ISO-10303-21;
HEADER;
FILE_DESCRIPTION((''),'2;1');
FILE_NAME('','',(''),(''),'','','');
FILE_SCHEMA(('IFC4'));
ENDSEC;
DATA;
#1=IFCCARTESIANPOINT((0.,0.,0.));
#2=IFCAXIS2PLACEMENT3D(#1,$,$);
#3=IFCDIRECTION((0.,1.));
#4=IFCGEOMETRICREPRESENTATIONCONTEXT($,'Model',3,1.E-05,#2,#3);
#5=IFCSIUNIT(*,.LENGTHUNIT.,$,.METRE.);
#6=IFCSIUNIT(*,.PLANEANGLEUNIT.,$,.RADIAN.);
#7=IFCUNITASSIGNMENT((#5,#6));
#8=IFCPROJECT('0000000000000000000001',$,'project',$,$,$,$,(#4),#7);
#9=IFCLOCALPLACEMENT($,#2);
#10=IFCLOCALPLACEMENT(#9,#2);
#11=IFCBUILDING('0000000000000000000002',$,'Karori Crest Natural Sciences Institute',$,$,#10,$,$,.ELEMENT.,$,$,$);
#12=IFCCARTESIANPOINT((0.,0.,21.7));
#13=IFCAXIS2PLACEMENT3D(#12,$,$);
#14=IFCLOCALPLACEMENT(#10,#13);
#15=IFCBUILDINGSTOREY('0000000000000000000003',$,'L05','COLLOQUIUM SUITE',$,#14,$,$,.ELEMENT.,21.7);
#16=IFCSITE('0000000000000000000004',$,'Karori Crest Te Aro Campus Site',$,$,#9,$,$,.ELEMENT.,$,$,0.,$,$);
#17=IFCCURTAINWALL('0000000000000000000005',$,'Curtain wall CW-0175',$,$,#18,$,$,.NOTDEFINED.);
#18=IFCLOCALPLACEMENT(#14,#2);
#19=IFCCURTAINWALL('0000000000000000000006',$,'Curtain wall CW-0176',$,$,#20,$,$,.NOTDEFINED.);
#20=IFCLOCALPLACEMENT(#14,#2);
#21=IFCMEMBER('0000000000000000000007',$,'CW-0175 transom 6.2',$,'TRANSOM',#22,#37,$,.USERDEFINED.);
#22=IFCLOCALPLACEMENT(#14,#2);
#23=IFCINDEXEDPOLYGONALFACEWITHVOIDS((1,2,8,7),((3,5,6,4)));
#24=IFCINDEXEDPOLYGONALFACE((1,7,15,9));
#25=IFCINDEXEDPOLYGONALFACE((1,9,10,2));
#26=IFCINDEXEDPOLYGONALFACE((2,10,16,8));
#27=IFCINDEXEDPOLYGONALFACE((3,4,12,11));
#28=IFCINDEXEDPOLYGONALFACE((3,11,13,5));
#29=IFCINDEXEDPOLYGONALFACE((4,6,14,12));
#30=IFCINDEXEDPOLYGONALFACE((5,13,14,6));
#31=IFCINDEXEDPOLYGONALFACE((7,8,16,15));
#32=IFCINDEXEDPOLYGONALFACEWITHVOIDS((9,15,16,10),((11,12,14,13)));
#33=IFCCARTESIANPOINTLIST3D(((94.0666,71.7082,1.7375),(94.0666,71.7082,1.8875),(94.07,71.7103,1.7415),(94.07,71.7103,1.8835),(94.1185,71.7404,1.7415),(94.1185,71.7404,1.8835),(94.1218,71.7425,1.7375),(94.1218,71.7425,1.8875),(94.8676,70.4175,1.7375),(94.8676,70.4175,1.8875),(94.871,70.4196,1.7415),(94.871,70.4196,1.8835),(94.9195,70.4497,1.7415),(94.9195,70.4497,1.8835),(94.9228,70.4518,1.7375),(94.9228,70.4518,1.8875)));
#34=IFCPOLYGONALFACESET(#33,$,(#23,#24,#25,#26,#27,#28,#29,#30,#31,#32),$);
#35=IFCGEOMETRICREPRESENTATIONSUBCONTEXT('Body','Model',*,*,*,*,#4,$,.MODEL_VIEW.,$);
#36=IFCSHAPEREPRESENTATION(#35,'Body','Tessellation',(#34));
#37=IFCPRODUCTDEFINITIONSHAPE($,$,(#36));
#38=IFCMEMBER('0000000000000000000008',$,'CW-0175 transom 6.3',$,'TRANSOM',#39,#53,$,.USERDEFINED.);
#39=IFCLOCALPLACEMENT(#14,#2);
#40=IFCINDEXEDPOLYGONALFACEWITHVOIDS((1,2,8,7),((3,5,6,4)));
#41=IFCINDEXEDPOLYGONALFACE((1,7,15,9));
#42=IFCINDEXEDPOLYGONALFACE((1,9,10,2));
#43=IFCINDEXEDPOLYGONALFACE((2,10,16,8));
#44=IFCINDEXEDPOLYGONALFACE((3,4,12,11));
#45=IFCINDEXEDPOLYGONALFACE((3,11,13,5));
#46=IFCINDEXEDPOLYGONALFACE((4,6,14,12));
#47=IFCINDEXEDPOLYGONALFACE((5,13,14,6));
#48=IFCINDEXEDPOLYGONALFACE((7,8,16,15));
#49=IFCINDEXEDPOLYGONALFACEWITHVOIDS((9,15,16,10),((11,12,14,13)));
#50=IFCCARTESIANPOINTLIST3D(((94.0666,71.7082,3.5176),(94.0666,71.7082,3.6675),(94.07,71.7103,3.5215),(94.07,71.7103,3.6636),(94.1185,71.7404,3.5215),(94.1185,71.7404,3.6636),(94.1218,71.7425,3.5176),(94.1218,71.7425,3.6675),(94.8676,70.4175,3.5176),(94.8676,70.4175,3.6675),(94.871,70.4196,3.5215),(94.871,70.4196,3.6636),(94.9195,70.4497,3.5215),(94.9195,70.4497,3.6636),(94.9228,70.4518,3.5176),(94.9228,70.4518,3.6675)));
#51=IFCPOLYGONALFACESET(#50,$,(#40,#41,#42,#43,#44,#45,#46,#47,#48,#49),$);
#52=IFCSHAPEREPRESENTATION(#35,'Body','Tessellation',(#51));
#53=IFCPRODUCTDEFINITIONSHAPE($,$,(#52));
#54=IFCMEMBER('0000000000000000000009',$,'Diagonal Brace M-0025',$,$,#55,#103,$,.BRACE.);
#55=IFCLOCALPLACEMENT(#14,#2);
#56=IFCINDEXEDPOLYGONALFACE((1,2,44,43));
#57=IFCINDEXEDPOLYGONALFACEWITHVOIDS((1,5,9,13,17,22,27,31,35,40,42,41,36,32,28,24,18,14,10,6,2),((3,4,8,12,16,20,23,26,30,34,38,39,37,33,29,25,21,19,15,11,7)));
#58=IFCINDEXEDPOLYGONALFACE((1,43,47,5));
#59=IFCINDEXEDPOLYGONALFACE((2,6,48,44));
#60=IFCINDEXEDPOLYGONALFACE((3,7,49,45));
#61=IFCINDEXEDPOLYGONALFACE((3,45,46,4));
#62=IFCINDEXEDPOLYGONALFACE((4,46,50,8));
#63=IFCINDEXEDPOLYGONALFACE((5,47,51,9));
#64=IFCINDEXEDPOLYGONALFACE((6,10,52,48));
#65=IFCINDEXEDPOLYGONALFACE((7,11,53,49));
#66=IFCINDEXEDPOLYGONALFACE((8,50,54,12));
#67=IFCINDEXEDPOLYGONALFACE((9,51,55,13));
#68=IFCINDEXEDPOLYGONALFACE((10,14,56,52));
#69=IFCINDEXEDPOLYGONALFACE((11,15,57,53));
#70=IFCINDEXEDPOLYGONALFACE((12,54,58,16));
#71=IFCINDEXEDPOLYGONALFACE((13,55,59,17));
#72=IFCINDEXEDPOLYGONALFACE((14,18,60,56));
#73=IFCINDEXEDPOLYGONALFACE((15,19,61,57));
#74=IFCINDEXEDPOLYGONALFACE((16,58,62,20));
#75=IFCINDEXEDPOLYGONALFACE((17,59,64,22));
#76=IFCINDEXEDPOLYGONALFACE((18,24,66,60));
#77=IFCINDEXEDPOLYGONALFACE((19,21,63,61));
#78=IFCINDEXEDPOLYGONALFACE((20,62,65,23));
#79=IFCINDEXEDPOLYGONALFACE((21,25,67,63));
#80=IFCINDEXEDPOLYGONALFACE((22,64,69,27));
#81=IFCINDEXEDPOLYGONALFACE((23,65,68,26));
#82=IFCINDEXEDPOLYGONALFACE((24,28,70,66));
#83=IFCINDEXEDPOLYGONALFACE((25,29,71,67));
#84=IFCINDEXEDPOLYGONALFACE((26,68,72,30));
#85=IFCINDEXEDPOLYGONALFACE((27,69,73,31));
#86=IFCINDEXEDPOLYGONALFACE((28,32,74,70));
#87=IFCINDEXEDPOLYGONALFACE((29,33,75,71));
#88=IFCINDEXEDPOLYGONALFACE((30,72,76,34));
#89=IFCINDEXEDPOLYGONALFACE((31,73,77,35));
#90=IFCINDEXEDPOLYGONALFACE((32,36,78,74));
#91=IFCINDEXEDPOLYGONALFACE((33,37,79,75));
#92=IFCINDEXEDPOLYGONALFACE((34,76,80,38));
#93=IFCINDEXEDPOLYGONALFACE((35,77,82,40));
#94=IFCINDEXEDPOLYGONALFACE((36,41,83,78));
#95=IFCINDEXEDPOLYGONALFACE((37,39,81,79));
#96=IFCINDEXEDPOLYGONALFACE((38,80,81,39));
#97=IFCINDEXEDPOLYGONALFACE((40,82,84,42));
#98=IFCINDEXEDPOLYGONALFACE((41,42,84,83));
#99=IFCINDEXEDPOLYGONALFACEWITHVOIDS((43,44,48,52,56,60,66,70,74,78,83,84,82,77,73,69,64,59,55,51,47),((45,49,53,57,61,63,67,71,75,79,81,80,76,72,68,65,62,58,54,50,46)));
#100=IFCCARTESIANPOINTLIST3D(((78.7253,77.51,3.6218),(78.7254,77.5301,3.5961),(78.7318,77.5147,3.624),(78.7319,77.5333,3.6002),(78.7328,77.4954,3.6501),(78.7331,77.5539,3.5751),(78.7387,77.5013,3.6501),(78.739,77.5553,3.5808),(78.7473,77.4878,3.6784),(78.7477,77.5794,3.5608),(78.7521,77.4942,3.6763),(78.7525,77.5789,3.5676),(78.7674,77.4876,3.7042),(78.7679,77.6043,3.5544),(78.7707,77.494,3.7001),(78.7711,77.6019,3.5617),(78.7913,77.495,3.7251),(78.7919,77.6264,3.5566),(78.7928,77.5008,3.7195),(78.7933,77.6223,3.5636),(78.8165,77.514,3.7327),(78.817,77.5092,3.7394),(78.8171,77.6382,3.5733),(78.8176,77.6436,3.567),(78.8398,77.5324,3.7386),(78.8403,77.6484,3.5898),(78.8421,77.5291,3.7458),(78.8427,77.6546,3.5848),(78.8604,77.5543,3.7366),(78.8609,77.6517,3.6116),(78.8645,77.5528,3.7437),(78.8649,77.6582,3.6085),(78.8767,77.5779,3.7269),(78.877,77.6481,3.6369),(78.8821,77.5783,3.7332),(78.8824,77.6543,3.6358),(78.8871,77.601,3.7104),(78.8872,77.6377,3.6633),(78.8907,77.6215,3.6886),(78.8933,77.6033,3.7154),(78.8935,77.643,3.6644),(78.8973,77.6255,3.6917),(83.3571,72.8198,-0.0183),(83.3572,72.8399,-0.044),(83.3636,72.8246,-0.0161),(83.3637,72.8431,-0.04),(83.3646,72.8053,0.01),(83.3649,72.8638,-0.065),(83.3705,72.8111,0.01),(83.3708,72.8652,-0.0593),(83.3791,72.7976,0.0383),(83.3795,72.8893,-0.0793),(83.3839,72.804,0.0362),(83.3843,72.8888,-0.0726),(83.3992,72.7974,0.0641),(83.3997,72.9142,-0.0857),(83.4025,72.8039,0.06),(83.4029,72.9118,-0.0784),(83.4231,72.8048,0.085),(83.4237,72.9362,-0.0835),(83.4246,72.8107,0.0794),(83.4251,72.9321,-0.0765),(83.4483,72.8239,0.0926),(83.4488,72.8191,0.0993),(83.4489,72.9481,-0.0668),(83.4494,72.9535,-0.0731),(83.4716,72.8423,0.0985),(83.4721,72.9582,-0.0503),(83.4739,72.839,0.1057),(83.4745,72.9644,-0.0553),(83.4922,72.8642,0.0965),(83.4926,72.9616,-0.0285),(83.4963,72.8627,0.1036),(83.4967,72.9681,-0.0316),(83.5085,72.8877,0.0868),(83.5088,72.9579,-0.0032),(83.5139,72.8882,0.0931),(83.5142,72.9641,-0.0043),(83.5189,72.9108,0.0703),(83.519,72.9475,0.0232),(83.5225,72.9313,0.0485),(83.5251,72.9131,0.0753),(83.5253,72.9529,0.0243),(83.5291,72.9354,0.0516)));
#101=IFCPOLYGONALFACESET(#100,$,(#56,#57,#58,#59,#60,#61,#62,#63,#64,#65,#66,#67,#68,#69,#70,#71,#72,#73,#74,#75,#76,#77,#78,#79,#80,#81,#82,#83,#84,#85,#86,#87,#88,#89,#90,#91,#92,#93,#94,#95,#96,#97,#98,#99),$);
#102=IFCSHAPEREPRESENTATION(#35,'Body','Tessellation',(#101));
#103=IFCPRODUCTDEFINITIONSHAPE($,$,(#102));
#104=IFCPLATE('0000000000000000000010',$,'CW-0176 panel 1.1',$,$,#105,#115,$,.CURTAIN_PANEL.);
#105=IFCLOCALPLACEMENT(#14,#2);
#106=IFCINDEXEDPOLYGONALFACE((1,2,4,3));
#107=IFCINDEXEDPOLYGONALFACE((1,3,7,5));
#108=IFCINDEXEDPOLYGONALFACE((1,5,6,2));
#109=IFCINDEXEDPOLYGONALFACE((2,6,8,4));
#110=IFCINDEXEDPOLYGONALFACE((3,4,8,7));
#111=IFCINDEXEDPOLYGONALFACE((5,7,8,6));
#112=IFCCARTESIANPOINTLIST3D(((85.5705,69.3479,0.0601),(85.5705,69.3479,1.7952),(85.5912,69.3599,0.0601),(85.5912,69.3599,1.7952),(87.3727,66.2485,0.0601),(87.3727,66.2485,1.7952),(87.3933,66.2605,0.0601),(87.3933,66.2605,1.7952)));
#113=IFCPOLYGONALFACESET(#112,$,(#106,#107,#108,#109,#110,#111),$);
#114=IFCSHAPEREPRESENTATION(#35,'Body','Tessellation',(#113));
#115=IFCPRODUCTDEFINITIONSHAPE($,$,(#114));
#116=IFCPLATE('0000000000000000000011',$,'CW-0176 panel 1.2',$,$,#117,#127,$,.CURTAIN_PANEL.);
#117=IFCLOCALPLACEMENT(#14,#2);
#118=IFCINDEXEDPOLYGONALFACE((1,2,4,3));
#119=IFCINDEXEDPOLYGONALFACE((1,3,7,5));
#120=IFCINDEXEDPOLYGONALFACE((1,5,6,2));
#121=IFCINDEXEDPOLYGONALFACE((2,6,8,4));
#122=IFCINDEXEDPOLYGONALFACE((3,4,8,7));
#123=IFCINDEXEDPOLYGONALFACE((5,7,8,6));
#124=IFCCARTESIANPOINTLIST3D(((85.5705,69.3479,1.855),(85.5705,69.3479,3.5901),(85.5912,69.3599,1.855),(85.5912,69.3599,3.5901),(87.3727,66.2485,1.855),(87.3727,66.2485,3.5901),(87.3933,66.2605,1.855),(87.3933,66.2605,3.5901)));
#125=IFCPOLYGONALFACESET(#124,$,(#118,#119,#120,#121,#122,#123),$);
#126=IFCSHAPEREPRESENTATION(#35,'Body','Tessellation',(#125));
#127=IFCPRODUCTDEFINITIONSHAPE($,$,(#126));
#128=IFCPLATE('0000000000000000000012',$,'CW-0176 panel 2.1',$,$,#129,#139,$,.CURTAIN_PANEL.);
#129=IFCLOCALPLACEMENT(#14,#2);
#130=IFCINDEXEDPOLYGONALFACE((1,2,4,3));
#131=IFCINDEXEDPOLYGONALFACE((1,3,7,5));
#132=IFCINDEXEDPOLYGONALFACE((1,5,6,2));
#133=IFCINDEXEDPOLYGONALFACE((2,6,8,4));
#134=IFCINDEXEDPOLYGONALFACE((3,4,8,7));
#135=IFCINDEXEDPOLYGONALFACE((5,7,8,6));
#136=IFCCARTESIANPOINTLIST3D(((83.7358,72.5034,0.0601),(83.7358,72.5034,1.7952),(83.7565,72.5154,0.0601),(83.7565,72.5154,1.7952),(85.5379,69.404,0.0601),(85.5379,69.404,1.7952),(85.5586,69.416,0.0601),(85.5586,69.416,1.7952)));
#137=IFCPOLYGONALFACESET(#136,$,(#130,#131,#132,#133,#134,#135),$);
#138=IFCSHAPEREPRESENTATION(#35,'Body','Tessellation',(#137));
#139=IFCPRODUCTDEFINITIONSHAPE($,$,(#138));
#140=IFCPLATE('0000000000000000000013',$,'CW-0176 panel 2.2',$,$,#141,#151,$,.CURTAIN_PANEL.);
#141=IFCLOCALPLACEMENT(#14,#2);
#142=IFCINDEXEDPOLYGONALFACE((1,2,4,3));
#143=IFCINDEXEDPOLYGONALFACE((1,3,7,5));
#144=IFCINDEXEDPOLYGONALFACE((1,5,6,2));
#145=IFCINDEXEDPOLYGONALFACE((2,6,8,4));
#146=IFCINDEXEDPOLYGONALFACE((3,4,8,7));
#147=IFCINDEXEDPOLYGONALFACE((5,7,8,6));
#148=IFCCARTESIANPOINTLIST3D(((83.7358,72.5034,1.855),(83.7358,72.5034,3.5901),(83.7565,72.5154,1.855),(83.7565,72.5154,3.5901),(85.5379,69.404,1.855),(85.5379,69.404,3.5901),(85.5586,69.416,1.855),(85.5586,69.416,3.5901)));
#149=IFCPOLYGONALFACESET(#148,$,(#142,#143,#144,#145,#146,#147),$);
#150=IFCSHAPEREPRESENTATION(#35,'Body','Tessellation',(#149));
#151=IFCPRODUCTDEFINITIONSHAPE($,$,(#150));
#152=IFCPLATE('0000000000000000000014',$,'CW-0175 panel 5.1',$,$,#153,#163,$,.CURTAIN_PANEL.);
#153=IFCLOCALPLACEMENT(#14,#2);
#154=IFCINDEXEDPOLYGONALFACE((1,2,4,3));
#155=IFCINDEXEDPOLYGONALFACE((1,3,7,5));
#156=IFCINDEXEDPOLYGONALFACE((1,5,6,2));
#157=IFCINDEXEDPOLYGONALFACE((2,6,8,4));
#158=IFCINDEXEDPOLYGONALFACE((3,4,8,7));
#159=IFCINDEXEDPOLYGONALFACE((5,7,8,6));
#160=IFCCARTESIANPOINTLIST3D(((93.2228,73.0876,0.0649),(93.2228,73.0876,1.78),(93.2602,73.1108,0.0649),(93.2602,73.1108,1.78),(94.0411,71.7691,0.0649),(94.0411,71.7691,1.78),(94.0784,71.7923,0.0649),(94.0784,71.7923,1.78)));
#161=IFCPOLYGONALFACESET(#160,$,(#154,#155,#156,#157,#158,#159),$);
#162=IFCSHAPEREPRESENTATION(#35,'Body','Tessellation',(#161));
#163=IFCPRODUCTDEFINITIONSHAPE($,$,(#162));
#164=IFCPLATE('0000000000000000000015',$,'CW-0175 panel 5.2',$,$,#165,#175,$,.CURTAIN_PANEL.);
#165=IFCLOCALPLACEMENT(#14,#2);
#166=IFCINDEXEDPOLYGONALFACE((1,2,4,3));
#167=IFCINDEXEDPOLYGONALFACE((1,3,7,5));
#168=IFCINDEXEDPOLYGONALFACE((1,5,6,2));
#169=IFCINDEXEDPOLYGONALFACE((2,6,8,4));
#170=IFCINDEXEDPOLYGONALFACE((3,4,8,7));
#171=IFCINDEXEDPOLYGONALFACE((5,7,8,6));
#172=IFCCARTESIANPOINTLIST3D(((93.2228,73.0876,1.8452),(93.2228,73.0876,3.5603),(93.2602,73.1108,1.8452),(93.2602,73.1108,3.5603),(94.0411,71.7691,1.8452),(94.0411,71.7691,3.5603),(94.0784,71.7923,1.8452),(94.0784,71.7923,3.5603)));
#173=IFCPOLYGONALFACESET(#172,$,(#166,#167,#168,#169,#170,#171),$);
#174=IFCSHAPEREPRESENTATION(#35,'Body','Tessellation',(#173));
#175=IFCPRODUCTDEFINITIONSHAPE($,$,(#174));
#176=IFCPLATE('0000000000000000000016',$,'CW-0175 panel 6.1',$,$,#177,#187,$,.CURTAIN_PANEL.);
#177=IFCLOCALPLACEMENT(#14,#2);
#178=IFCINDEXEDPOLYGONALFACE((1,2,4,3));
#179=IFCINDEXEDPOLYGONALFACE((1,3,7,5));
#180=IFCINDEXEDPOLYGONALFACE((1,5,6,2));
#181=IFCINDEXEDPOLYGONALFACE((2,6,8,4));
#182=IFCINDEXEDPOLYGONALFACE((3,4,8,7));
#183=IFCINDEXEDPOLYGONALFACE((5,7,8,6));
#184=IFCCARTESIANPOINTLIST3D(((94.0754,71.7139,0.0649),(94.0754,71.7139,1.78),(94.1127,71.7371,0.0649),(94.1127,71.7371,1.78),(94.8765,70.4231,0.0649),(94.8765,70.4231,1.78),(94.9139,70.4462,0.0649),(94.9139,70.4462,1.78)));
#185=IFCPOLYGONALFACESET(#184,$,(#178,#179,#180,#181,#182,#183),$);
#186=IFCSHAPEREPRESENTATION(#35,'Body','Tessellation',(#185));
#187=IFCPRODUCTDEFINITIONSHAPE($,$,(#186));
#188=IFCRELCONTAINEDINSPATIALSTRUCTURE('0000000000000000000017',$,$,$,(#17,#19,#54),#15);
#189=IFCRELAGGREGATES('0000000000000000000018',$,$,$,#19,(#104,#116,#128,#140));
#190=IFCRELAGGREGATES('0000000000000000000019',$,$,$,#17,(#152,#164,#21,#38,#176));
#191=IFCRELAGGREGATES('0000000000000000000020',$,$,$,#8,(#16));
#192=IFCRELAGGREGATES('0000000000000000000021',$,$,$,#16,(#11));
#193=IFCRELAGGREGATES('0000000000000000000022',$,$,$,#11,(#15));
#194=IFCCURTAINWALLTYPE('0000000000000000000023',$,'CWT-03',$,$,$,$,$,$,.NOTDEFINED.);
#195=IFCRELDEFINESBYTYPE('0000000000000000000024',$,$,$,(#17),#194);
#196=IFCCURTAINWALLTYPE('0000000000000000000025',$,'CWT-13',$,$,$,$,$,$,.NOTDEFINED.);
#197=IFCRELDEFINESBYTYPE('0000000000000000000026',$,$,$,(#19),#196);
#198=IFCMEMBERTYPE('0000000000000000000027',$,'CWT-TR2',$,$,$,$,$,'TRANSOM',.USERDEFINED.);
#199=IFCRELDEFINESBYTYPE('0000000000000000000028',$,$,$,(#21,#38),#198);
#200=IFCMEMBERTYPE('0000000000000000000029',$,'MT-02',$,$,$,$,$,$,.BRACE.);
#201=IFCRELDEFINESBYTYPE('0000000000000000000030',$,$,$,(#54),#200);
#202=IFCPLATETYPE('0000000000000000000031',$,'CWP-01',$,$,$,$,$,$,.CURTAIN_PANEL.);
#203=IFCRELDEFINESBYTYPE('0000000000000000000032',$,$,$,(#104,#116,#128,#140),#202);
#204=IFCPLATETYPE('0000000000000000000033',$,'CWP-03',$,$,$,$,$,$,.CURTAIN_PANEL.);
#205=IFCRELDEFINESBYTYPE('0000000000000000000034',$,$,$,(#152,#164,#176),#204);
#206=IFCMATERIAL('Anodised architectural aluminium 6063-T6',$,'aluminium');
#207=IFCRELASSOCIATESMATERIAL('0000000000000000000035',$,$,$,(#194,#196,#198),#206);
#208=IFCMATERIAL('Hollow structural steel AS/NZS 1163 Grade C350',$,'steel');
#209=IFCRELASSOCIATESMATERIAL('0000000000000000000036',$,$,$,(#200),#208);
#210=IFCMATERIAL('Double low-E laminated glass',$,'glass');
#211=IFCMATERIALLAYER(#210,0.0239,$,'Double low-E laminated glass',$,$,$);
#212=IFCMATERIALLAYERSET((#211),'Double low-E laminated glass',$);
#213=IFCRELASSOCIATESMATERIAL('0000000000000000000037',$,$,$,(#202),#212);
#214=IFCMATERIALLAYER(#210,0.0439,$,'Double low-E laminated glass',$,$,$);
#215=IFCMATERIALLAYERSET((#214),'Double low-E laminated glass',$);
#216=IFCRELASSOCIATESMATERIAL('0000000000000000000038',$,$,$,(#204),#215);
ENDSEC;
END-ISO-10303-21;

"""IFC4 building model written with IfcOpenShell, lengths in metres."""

from ifc_helpers import new_model, si_unit, direction, frame, origin, origin_2d, place, context, subcontext, project, spatial, rectangle, hollow_rectangle, hollow_circle, extrude, material, layer, layer_set, material_profile, profile_set, type_object, element, aggregate, save


model = new_model("IFC4")

# Units and contexts
model_context = context("Model", 3, precision=1e-05, world=origin(), true_north=direction((0.0, 1.0)))
body_context = subcontext(model_context, "Body", "Model", "MODEL_VIEW")
ifc_project = project(units=[si_unit("LENGTHUNIT", "METRE"), si_unit("PLANEANGLEUNIT", "RADIAN")], contexts=[model_context])

# Site, building, storey
site_placement = place(None, origin())
site = spatial("IfcSite", under=ifc_project, at=site_placement, Name="Karori Crest Te Aro Campus Site", CompositionType="ELEMENT", RefElevation=0.0)
building_placement = place(site_placement, origin())
building = spatial("IfcBuilding", under=site, at=building_placement, Name="Karori Crest Natural Sciences Institute", CompositionType="ELEMENT")
storey_placement = place(building_placement, frame((0.0, 0.0, 21.7)))
storey = spatial("IfcBuildingStorey", under=building, at=storey_placement, Name="L05", Description="COLLOQUIUM SUITE", CompositionType="ELEMENT", Elevation=21.7)

# Shared definitions
ifc_material_1 = material(Name="Hollow structural steel AS/NZS 1163 Grade C350", Category="steel")

# Curtain wall
ifc_material_2 = material(Name="Anodised architectural aluminium 6063-T6", Category="aluminium")
curtain_wall_type_1 = type_object("IfcCurtainWallType", Name="CWT-03", PredefinedType="NOTDEFINED", material=ifc_material_2)
curtain_wall_1_placement = place(storey_placement, origin())
curtain_wall_1 = element("IfcCurtainWall", 1, at=curtain_wall_1_placement, inside=storey, type_object=curtain_wall_type_1, Name="Curtain wall CW-0175", PredefinedType="NOTDEFINED")

# Curtain wall
curtain_wall_type_2 = type_object("IfcCurtainWallType", Name="CWT-13", PredefinedType="NOTDEFINED", material=ifc_material_2)
curtain_wall_2_placement = place(storey_placement, origin())
curtain_wall_2 = element("IfcCurtainWall", 2, at=curtain_wall_2_placement, inside=storey, type_object=curtain_wall_type_2, Name="Curtain wall CW-0176", PredefinedType="NOTDEFINED")

# Members
ifc_material_profile_1 = material_profile(ifc_material_2, hollow_rectangle(XDim=0.0649, YDim=0.1499, WallThickness=0.0039, at=origin_2d()), Name="CWT150x65x4")
ifc_profile_set_1 = profile_set([ifc_material_profile_1], Name="Anodised architectural aluminium 6063-T6")
member_type_1 = type_object("IfcMemberType", Name="CWT-TR2", ElementType="TRANSOM", PredefinedType="USERDEFINED", material=ifc_profile_set_1)
member_1_placement = place(storey_placement, frame((94.0942, 71.7253, 1.8125), z_axis=(0.527295, -0.849682, 0.0), x_axis=(0.849682, 0.527295, 0.0)))
member_1 = element("IfcMember", 3, at=member_1_placement, type_object=member_type_1, Name="CW-0175 transom 6.2", ObjectType="TRANSOM", PredefinedType="USERDEFINED", context=body_context, shape_type="SweptSolid", body=[
    extrude(hollow_rectangle(XDim=0.0649, YDim=0.1499, WallThickness=0.0039, at=origin_2d()), origin(), (0.0, 0.0, 1.0), 1.519),
])
member_2_placement = place(storey_placement, frame((94.0942, 71.7253, 3.5925), z_axis=(0.527295, -0.849682, 0.0), x_axis=(0.849682, 0.527295, 0.0)))
member_2 = element("IfcMember", 4, at=member_2_placement, type_object=member_type_1, Name="CW-0175 transom 6.3", ObjectType="TRANSOM", PredefinedType="USERDEFINED", context=body_context, shape_type="SweptSolid", body=[
    extrude(hollow_rectangle(XDim=0.0649, YDim=0.1499, WallThickness=0.0039, at=origin_2d()), origin(), (0.0, 0.0, 1.0), 1.519),
])
ifc_material_profile_2 = material_profile(ifc_material_1, hollow_circle(Radius=0.1096, WallThickness=0.0083, at=origin_2d()), Name="CHS219.1x8.2")
ifc_profile_set_2 = profile_set([ifc_material_profile_2], Name="Hollow structural steel AS/NZS 1163 Grade C350")
member_type_2 = type_object("IfcMemberType", Name="MT-02", PredefinedType="BRACE", material=ifc_profile_set_2)
member_3_placement = place(storey_placement, frame((83.4426, 72.8823, 0.01), z_axis=(-0.61511, 0.622859, 0.483412), x_axis=(-0.711519, -0.702667, 0.0)))
element("IfcMember", 5, at=member_3_placement, inside=storey, type_object=member_type_2, Name="Diagonal Brace M-0025", PredefinedType="BRACE", context=body_context, shape_type="SweptSolid", body=[
    extrude(hollow_circle(Radius=0.1096, WallThickness=0.0083, at=origin_2d()), origin(), (0.0, 0.0, 1.0), 7.53),
])

# Plates
ifc_material_3 = material(Name="Double low-E laminated glass", Category="glass")
ifc_layer_1 = layer(ifc_material_3, 0.0239, Name="Double low-E laminated glass")
ifc_layer_set_1 = layer_set([ifc_layer_1], Name="Double low-E laminated glass")
plate_type_1 = type_object("IfcPlateType", Name="CWP-01", PredefinedType="CURTAIN_PANEL", material=ifc_layer_set_1)
plate_1_placement = place(storey_placement, frame((86.4819, 67.8042, 0.0601), z_axis=(0.0, 0.0, 1.0), x_axis=(-0.502655, 0.864487, 0.0)))
plate_1 = element("IfcPlate", 6, at=plate_1_placement, type_object=plate_type_1, Name="CW-0176 panel 1.1", PredefinedType="CURTAIN_PANEL", context=body_context, shape_type="SweptSolid", body=[
    extrude(rectangle(XDim=3.5852, YDim=0.0239, at=origin_2d()), origin(), (0.0, 0.0, 1.0), 1.7351),
])
plate_2_placement = place(storey_placement, frame((86.4819, 67.8042, 1.855), z_axis=(0.0, 0.0, 1.0), x_axis=(-0.502655, 0.864487, 0.0)))
plate_2 = element("IfcPlate", 7, at=plate_2_placement, type_object=plate_type_1, Name="CW-0176 panel 1.2", PredefinedType="CURTAIN_PANEL", context=body_context, shape_type="SweptSolid", body=[
    extrude(rectangle(XDim=3.5852, YDim=0.0239, at=origin_2d()), origin(), (0.0, 0.0, 1.0), 1.7351),
])
plate_3_placement = place(storey_placement, frame((84.6472, 70.9597, 0.0601), z_axis=(0.0, 0.0, 1.0), x_axis=(-0.502655, 0.864487, 0.0)))
plate_3 = element("IfcPlate", 8, at=plate_3_placement, type_object=plate_type_1, Name="CW-0176 panel 2.1", PredefinedType="CURTAIN_PANEL", context=body_context, shape_type="SweptSolid", body=[
    extrude(rectangle(XDim=3.5852, YDim=0.0239, at=origin_2d()), origin(), (0.0, 0.0, 1.0), 1.7351),
])
plate_4_placement = place(storey_placement, frame((84.6472, 70.9597, 1.855), z_axis=(0.0, 0.0, 1.0), x_axis=(-0.502655, 0.864487, 0.0)))
plate_4 = element("IfcPlate", 9, at=plate_4_placement, type_object=plate_type_1, Name="CW-0176 panel 2.2", PredefinedType="CURTAIN_PANEL", context=body_context, shape_type="SweptSolid", body=[
    extrude(rectangle(XDim=3.5852, YDim=0.0239, at=origin_2d()), origin(), (0.0, 0.0, 1.0), 1.7351),
])
aggregate(curtain_wall_2, [plate_1, plate_2, plate_3, plate_4])
ifc_layer_2 = layer(ifc_material_3, 0.0439, Name="Double low-E laminated glass")
ifc_layer_set_2 = layer_set([ifc_layer_2], Name="Double low-E laminated glass")
plate_type_2 = type_object("IfcPlateType", Name="CWP-03", PredefinedType="CURTAIN_PANEL", material=ifc_layer_set_2)
plate_5_placement = place(storey_placement, frame((93.6506, 72.4399, 0.0649), z_axis=(0.0, 0.0, 1.0), x_axis=(0.527328, -0.849662, 0.0)))
plate_5 = element("IfcPlate", 10, at=plate_5_placement, type_object=plate_type_2, Name="CW-0175 panel 5.1", PredefinedType="CURTAIN_PANEL", context=body_context, shape_type="SweptSolid", body=[
    extrude(rectangle(XDim=1.5518, YDim=0.0439, at=origin_2d()), origin(), (0.0, 0.0, 1.0), 1.7151),
])
plate_6_placement = place(storey_placement, frame((93.6506, 72.4399, 1.8452), z_axis=(0.0, 0.0, 1.0), x_axis=(0.527328, -0.849662, 0.0)))
plate_6 = element("IfcPlate", 11, at=plate_6_placement, type_object=plate_type_2, Name="CW-0175 panel 5.2", PredefinedType="CURTAIN_PANEL", context=body_context, shape_type="SweptSolid", body=[
    extrude(rectangle(XDim=1.5518, YDim=0.0439, at=origin_2d()), origin(), (0.0, 0.0, 1.0), 1.7151),
])
plate_7_placement = place(storey_placement, frame((94.4946, 71.0801, 0.0649), z_axis=(0.0, 0.0, 1.0), x_axis=(0.527328, -0.849662, 0.0)))
plate_7 = element("IfcPlate", 12, at=plate_7_placement, type_object=plate_type_2, Name="CW-0175 panel 6.1", PredefinedType="CURTAIN_PANEL", context=body_context, shape_type="SweptSolid", body=[
    extrude(rectangle(XDim=1.5193, YDim=0.0439, at=origin_2d()), origin(), (0.0, 0.0, 1.0), 1.7151),
])
aggregate(curtain_wall_1, [plate_5, plate_6, member_1, member_2, plate_7])

save(model, "model.ifc")
